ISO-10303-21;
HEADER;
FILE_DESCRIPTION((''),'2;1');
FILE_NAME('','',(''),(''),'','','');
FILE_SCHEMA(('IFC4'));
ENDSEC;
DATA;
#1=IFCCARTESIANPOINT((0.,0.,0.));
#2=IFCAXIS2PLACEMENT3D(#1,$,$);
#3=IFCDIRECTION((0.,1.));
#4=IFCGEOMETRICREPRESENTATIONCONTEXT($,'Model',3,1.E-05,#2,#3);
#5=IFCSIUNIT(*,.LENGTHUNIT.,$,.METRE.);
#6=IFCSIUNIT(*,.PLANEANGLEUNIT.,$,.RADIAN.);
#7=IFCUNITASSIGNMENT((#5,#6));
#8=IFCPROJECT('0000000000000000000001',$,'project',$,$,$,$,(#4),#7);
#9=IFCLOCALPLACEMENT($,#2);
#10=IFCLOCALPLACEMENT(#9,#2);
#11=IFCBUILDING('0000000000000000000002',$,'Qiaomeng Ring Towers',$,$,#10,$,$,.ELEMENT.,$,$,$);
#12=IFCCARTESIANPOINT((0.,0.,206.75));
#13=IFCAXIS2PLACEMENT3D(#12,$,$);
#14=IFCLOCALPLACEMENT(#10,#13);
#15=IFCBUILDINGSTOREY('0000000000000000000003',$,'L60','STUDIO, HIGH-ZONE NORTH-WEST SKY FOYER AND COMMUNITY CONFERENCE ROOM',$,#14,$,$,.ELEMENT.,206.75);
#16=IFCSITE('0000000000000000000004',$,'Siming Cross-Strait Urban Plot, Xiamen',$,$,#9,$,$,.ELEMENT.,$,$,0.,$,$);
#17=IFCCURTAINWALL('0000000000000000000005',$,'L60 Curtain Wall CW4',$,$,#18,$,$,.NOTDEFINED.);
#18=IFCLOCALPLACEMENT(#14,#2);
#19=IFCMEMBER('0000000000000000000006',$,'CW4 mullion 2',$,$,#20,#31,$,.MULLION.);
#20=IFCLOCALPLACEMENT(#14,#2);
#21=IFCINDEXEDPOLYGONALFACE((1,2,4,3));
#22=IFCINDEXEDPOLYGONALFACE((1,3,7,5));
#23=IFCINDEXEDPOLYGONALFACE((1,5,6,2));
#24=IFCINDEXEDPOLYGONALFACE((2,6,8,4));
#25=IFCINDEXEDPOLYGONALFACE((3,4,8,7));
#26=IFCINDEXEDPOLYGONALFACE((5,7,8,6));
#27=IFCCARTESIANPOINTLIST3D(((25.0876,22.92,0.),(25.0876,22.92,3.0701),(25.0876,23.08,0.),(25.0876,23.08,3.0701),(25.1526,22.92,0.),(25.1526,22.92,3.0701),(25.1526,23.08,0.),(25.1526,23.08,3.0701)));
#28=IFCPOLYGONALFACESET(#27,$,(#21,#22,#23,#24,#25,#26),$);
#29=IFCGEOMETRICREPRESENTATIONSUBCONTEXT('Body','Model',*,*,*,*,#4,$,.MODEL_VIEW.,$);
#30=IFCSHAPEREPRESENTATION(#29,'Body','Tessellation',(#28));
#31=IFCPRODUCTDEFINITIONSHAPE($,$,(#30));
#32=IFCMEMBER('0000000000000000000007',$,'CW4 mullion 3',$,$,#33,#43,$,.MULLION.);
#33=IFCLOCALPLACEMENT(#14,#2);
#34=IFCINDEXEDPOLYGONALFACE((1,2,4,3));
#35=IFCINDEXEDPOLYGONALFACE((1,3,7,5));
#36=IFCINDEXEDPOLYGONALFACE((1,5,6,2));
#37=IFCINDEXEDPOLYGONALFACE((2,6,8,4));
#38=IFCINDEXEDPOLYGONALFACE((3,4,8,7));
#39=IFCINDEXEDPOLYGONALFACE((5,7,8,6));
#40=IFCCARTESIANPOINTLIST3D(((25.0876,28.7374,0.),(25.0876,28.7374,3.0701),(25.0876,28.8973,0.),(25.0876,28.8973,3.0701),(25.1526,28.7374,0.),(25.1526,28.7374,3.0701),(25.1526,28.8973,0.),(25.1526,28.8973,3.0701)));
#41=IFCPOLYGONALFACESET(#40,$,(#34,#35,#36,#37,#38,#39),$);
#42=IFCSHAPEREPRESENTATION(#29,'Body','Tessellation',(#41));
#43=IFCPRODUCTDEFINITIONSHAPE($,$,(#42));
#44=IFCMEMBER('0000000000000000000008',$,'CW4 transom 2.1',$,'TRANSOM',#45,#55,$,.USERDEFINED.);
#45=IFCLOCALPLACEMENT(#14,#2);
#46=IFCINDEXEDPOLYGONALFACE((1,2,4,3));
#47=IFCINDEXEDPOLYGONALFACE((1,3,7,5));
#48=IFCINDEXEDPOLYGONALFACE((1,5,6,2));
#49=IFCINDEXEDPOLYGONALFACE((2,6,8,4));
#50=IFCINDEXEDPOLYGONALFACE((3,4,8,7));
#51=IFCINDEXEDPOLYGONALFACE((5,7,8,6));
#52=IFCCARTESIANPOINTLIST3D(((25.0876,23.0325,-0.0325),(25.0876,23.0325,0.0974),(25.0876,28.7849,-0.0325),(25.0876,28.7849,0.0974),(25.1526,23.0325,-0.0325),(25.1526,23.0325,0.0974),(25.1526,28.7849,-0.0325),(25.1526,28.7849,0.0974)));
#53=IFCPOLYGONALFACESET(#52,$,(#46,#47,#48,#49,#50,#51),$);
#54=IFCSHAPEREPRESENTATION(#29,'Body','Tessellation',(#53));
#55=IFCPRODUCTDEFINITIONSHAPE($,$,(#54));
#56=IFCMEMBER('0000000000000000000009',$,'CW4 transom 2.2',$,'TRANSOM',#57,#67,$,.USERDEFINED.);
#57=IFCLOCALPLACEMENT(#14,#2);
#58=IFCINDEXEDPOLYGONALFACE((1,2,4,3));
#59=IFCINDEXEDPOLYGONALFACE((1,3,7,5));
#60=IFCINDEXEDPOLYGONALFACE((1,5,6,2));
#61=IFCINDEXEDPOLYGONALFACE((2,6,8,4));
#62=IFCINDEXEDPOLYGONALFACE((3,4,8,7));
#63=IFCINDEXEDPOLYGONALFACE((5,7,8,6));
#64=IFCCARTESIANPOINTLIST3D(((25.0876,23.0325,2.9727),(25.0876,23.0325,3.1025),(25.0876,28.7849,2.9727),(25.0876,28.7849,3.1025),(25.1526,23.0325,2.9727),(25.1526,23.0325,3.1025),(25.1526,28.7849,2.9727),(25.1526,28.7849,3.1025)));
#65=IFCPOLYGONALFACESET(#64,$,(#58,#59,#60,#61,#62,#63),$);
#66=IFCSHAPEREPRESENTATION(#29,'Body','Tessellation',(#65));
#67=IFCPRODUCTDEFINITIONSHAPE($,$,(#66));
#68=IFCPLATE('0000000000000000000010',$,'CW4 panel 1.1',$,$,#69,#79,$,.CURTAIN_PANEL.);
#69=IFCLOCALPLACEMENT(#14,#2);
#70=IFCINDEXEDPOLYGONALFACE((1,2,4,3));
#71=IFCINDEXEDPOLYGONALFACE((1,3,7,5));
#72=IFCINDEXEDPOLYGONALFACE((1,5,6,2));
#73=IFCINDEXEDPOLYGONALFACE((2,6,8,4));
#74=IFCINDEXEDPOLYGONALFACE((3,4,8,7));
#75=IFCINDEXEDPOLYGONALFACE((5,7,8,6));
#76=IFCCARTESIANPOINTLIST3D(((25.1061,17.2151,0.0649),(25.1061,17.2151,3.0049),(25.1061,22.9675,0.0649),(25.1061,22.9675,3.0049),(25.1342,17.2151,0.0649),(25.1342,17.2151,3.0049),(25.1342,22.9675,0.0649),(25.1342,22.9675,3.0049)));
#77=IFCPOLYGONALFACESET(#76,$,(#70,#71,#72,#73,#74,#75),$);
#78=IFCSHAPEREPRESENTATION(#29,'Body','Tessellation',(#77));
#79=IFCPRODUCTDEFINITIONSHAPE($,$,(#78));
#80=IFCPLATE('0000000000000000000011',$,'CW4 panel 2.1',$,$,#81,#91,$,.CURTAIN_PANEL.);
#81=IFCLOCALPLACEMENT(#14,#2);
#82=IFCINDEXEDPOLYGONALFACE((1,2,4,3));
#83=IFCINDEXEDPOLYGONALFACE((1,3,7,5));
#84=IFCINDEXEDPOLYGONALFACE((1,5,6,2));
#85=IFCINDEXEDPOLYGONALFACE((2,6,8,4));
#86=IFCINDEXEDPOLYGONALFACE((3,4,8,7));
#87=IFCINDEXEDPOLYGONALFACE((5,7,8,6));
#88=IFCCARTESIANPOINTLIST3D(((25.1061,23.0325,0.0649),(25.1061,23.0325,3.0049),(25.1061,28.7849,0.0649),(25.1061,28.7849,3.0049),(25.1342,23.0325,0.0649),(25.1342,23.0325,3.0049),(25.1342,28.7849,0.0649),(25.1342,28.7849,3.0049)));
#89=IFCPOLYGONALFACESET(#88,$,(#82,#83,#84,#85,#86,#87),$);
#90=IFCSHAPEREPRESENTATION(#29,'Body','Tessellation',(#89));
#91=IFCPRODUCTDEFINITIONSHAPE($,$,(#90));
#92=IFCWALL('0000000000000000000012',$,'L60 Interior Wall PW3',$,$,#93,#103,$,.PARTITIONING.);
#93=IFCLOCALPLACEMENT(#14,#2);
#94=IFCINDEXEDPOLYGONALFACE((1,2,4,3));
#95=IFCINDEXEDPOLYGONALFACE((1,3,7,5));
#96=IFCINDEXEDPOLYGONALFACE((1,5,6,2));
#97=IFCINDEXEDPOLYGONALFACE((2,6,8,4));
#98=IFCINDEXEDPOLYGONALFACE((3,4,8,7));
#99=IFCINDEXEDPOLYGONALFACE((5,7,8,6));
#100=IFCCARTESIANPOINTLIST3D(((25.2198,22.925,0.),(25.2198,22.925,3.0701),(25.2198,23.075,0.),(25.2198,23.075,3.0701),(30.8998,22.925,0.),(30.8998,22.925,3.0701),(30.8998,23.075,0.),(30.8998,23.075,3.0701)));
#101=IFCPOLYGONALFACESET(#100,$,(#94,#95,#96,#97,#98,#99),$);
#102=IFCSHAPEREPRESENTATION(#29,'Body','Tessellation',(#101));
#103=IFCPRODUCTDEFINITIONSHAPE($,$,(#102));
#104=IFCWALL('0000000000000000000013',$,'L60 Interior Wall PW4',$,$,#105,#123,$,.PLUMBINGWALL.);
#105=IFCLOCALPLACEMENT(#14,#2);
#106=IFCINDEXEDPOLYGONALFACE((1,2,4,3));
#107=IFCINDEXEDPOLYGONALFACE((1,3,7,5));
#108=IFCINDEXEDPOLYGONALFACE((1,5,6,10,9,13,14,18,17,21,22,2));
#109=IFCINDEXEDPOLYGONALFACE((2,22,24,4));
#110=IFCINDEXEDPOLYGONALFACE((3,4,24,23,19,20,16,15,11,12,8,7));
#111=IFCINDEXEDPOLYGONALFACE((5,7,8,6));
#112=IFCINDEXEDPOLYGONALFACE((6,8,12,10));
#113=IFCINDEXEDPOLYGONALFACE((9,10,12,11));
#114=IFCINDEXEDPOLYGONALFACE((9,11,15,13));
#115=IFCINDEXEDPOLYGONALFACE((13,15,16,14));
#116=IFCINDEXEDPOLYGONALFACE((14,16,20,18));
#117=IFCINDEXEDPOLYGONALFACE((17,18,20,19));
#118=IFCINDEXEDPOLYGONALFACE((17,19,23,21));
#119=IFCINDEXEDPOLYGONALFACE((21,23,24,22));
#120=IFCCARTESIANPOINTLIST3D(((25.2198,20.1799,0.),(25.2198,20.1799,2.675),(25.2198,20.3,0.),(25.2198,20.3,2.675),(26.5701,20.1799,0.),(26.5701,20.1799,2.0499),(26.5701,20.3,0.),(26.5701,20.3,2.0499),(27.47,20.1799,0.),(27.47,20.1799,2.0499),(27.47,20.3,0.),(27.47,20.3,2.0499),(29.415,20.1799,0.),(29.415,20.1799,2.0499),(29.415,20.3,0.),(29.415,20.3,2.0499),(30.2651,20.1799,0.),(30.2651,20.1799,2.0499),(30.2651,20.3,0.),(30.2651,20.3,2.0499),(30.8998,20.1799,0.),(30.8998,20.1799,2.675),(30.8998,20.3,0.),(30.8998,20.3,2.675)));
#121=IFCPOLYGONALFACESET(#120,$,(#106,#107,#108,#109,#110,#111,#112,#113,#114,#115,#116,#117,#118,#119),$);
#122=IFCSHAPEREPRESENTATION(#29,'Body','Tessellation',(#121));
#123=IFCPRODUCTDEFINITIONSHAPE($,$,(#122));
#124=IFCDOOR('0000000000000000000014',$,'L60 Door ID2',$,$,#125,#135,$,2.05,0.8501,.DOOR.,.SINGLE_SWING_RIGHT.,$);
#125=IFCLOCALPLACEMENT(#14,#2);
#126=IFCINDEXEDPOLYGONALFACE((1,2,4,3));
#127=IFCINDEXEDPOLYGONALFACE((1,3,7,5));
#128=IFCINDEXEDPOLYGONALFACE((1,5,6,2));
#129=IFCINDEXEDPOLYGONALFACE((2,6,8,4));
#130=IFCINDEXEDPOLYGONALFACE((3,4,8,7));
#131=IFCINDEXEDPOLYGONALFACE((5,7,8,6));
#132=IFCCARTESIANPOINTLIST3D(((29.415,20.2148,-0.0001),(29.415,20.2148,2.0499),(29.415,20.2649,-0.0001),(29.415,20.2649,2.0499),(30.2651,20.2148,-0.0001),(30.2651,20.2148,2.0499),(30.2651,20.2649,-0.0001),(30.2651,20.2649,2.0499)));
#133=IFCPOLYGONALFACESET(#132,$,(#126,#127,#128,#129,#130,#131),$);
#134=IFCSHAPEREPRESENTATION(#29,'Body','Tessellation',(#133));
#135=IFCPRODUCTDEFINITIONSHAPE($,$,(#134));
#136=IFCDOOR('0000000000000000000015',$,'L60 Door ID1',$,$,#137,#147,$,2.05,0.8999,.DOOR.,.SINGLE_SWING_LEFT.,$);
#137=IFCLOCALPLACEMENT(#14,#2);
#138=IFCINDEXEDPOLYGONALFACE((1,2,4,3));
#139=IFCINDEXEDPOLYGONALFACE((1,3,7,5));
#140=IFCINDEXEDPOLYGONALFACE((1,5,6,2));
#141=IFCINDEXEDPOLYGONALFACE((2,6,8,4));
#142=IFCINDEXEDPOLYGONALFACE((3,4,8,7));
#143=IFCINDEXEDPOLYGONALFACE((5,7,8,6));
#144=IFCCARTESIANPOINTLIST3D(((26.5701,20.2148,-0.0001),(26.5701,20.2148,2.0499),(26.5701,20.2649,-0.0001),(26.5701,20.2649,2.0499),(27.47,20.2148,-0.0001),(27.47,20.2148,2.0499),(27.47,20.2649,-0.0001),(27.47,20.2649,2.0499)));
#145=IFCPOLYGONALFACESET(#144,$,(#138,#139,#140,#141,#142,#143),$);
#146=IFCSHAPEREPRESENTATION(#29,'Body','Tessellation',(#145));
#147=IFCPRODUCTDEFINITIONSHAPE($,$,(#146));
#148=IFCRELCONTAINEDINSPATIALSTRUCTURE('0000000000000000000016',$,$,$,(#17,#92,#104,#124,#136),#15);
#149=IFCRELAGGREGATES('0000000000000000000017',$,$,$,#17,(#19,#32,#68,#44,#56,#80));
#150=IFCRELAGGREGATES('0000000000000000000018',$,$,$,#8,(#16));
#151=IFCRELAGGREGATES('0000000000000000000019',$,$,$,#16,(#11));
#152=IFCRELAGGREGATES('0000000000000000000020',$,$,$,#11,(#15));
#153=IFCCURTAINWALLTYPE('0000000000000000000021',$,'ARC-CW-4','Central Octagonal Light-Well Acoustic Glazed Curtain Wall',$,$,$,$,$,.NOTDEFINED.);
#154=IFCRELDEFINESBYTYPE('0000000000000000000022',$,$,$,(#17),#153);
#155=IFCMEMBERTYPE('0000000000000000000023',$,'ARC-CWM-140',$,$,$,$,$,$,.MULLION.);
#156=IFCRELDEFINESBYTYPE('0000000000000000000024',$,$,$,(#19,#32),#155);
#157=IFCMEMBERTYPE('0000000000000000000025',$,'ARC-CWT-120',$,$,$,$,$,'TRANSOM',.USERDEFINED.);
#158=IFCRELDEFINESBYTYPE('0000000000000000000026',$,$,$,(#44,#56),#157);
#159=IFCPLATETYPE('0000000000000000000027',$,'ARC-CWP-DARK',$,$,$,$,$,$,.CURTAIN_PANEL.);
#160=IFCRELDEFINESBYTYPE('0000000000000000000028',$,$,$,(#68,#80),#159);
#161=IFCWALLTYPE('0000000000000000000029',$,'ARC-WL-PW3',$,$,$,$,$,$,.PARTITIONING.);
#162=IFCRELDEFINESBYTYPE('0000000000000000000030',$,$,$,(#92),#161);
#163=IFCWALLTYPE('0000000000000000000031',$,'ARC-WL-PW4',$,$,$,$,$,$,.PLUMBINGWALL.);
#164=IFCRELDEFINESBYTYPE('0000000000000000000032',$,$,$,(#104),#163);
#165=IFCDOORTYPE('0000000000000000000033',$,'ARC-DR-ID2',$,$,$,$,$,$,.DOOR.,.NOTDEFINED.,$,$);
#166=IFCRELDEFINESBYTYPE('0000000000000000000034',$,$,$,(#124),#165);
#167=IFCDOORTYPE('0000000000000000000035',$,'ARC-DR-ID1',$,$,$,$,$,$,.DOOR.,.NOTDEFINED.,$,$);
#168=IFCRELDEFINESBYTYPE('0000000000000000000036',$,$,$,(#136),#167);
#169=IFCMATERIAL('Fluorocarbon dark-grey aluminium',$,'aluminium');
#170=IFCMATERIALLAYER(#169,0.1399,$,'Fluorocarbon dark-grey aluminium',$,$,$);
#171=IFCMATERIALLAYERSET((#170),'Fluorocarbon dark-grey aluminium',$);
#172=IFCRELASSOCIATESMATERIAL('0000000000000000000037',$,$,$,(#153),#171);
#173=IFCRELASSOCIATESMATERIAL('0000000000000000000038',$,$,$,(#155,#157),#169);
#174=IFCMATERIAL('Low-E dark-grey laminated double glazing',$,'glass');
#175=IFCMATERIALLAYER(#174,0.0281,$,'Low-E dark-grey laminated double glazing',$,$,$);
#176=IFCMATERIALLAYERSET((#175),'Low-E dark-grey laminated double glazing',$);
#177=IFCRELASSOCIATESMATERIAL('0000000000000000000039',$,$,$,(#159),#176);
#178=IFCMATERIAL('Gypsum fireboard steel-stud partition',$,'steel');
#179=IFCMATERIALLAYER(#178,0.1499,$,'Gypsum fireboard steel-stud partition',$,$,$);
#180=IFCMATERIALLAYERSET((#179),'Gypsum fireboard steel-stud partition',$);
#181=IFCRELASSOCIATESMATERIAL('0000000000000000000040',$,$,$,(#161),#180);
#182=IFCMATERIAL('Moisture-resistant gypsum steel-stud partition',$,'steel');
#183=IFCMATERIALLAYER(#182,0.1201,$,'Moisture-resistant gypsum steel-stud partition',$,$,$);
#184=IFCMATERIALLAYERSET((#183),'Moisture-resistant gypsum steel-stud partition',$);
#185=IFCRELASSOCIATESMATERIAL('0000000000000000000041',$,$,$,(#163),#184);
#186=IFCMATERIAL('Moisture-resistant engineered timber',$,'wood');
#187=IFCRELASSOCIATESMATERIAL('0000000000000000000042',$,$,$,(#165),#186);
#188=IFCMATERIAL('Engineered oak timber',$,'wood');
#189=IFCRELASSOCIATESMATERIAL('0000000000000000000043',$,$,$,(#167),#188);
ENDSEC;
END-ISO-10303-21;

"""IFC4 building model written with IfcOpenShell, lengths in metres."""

from ifc_helpers import new_model, si_unit, direction, frame, frame_2d, origin, origin_2d, place, context, subcontext, project, spatial, rectangle, extrude, source, transform, mapped, material, layer, layer_set, material_profile, profile_set, type_object, element, fill, aggregate, save


model = new_model("IFC4")

# Units and contexts
model_context = context("Model", 3, precision=1e-05, world=origin(), true_north=direction((0.0, 1.0)))
body_context = subcontext(model_context, "Body", "Model", "MODEL_VIEW")
ifc_project = project(units=[si_unit("LENGTHUNIT", "METRE"), si_unit("PLANEANGLEUNIT", "RADIAN")], contexts=[model_context])

# Site, building, storey
site_placement = place(None, origin())
site = spatial("IfcSite", under=ifc_project, at=site_placement, Name="Siming Cross-Strait Urban Plot, Xiamen", CompositionType="ELEMENT", RefElevation=0.0)
building_placement = place(site_placement, origin())
building = spatial("IfcBuilding", under=site, at=building_placement, Name="Qiaomeng Ring Towers", CompositionType="ELEMENT")
storey_placement = place(building_placement, frame((0.0, 0.0, 206.75)))
storey = spatial("IfcBuildingStorey", under=building, at=storey_placement, Name="L60", Description="STUDIO, HIGH-ZONE NORTH-WEST SKY FOYER AND COMMUNITY CONFERENCE ROOM", CompositionType="ELEMENT", Elevation=206.75)

# Curtain wall, members, plates
ifc_material_1 = material(Name="Fluorocarbon dark-grey aluminium", Category="aluminium")
ifc_layer_1 = layer(ifc_material_1, 0.1399, Name="Fluorocarbon dark-grey aluminium")
ifc_layer_set_1 = layer_set([ifc_layer_1], Name="Fluorocarbon dark-grey aluminium")
curtain_wall_type = type_object("IfcCurtainWallType", Name="ARC-CW-4", Description="Central Octagonal Light-Well Acoustic Glazed Curtain Wall", PredefinedType="NOTDEFINED", material=ifc_layer_set_1)
curtain_wall_placement = place(storey_placement, origin())
curtain_wall = element("IfcCurtainWall", 1, at=curtain_wall_placement, inside=storey, type_object=curtain_wall_type, Name="L60 Curtain Wall CW4", PredefinedType="NOTDEFINED")
ifc_material_profile_1 = material_profile(ifc_material_1, rectangle(XDim=0.0649, YDim=0.1599, at=origin_2d()), Name="ALU MULL 65x160")
ifc_profile_set_1 = profile_set([ifc_material_profile_1], Name="Fluorocarbon dark-grey aluminium")
member_type_1 = type_object("IfcMemberType", Name="ARC-CWM-140", PredefinedType="MULLION", material=ifc_profile_set_1)
shared_shape_1 = source(origin(), body_context, "Body", "SweptSolid", [
    extrude(rectangle(XDim=0.0649, YDim=0.1599, at=origin_2d()), origin(), (0.0, 0.0, 1.0), 3.0701),
])
member_1_placement = place(storey_placement, frame((25.1201, 23.0, 0.0), z_axis=(0.0, 0.0, 1.0), x_axis=(-1.0, 0.0, 0.0)))
member_1 = element("IfcMember", 2, at=member_1_placement, type_object=member_type_1, Name="CW4 mullion 2", PredefinedType="MULLION", context=body_context, shape_type="MappedRepresentation", body=[
    mapped(shared_shape_1, transform((0.0, 0.0, 0.0), x_axis=(1.0, 0.0, 0.0), y_axis=(0.0, 1.0, 0.0), z_axis=(0.0, 0.0, 1.0), scale=1.0)),
])
member_2_placement = place(storey_placement, frame((25.1201, 28.8174, 0.0), z_axis=(0.0, 0.0, 1.0), x_axis=(-1.0, 0.0, 0.0)))
member_2 = element("IfcMember", 3, at=member_2_placement, type_object=member_type_1, Name="CW4 mullion 3", PredefinedType="MULLION", context=body_context, shape_type="MappedRepresentation", body=[
    mapped(shared_shape_1, transform((0.0, 0.0, 0.0), x_axis=(1.0, 0.0, 0.0), y_axis=(0.0, 1.0, 0.0), z_axis=(0.0, 0.0, 1.0), scale=1.0)),
])
ifc_material_profile_2 = material_profile(ifc_material_1, rectangle(XDim=0.0649, YDim=0.1299, at=origin_2d()), Name="ALU TRAN 65x130")
ifc_profile_set_2 = profile_set([ifc_material_profile_2], Name="Fluorocarbon dark-grey aluminium")
member_type_2 = type_object("IfcMemberType", Name="ARC-CWT-120", ElementType="TRANSOM", PredefinedType="USERDEFINED", material=ifc_profile_set_2)
shared_shape_2 = source(origin(), body_context, "Body", "SweptSolid", [
    extrude(rectangle(XDim=0.0649, YDim=0.1299, at=origin_2d()), origin(), (0.0, 0.0, 1.0), 5.7524),
])
member_3_placement = place(storey_placement, frame((25.1201, 23.0325, 0.0325), z_axis=(0.0, 1.0, 0.0), x_axis=(-1.0, 0.0, 0.0)))
member_3 = element("IfcMember", 4, at=member_3_placement, type_object=member_type_2, Name="CW4 transom 2.1", ObjectType="TRANSOM", PredefinedType="USERDEFINED", context=body_context, shape_type="MappedRepresentation", body=[
    mapped(shared_shape_2, transform((0.0, 0.0, 0.0), x_axis=(1.0, 0.0, 0.0), y_axis=(0.0, 1.0, 0.0), z_axis=(0.0, 0.0, 1.0), scale=1.0)),
])
member_4_placement = place(storey_placement, frame((25.1201, 23.0325, 3.0376), z_axis=(0.0, 1.0, 0.0), x_axis=(-1.0, 0.0, 0.0)))
member_4 = element("IfcMember", 5, at=member_4_placement, type_object=member_type_2, Name="CW4 transom 2.2", ObjectType="TRANSOM", PredefinedType="USERDEFINED", context=body_context, shape_type="MappedRepresentation", body=[
    mapped(shared_shape_2, transform((0.0, 0.0, 0.0), x_axis=(1.0, 0.0, 0.0), y_axis=(0.0, 1.0, 0.0), z_axis=(0.0, 0.0, 1.0), scale=1.0)),
])
ifc_material_2 = material(Name="Low-E dark-grey laminated double glazing", Category="glass")
ifc_layer_2 = layer(ifc_material_2, 0.0281, Name="Low-E dark-grey laminated double glazing")
ifc_layer_set_2 = layer_set([ifc_layer_2], Name="Low-E dark-grey laminated double glazing")
plate_type = type_object("IfcPlateType", Name="ARC-CWP-DARK", PredefinedType="CURTAIN_PANEL", material=ifc_layer_set_2)
shared_shape_3 = source(origin(), body_context, "Body", "SweptSolid", [
    extrude(rectangle(XDim=5.7524, YDim=0.0281, at=origin_2d()), origin(), (0.0, 0.0, 1.0), 2.9399),
])
plate_1_placement = place(storey_placement, frame((25.1201, 20.0913, 0.0649), z_axis=(0.0, 0.0, 1.0), x_axis=(0.0, 1.0, 0.0)))
plate_1 = element("IfcPlate", 6, at=plate_1_placement, type_object=plate_type, Name="CW4 panel 1.1", PredefinedType="CURTAIN_PANEL", context=body_context, shape_type="MappedRepresentation", body=[
    mapped(shared_shape_3, transform((0.0, 0.0, 0.0), x_axis=(1.0, 0.0, 0.0), y_axis=(0.0, 1.0, 0.0), z_axis=(0.0, 0.0, 1.0), scale=1.0)),
])
plate_2_placement = place(storey_placement, frame((25.1201, 25.9087, 0.0649), z_axis=(0.0, 0.0, 1.0), x_axis=(0.0, 1.0, 0.0)))
plate_2 = element("IfcPlate", 7, at=plate_2_placement, type_object=plate_type, Name="CW4 panel 2.1", PredefinedType="CURTAIN_PANEL", context=body_context, shape_type="MappedRepresentation", body=[
    mapped(shared_shape_3, transform((0.0, 0.0, 0.0), x_axis=(1.0, 0.0, 0.0), y_axis=(0.0, 1.0, 0.0), z_axis=(0.0, 0.0, 1.0), scale=1.0)),
])
aggregate(curtain_wall, [member_1, member_2, plate_1, member_3, member_4, plate_2])

# Wall
ifc_material_3 = material(Name="Gypsum fireboard steel-stud partition", Category="steel")
ifc_layer_3 = layer(ifc_material_3, 0.1499, Name="Gypsum fireboard steel-stud partition")
ifc_layer_set_3 = layer_set([ifc_layer_3], Name="Gypsum fireboard steel-stud partition")
wall_type_1 = type_object("IfcWallType", Name="ARC-WL-PW3", PredefinedType="PARTITIONING", material=ifc_layer_set_3)
wall_1_placement = place(storey_placement, frame((25.22, 23.0, 0.0), z_axis=(0.0, 0.0, 1.0), x_axis=(1.0, 0.0, 0.0)))
element("IfcWall", 8, at=wall_1_placement, inside=storey, type_object=wall_type_1, Name="L60 Interior Wall PW3", PredefinedType="PARTITIONING", context=body_context, shape_type="SweptSolid", body=[
    extrude(rectangle(XDim=5.6799, YDim=0.1499, at=frame_2d((2.8398, 0.0))), origin(), (0.0, 0.0, 1.0), 3.0701),
])

# Wall, openings, doors
ifc_material_4 = material(Name="Moisture-resistant gypsum steel-stud partition", Category="steel")
ifc_layer_4 = layer(ifc_material_4, 0.1201, Name="Moisture-resistant gypsum steel-stud partition")
ifc_layer_set_4 = layer_set([ifc_layer_4], Name="Moisture-resistant gypsum steel-stud partition")
wall_type_2 = type_object("IfcWallType", Name="ARC-WL-PW4", PredefinedType="PLUMBINGWALL", material=ifc_layer_set_4)
wall_2_placement = place(storey_placement, frame((25.22, 20.24, 0.0), z_axis=(0.0, 0.0, 1.0), x_axis=(1.0, 0.0, 0.0)))
wall_2 = element("IfcWall", 9, at=wall_2_placement, inside=storey, type_object=wall_type_2, Name="L60 Interior Wall PW4", PredefinedType="PLUMBINGWALL", context=body_context, shape_type="SweptSolid", body=[
    extrude(rectangle(XDim=5.6799, YDim=0.1201, at=frame_2d((2.8398, 0.0))), origin(), (0.0, 0.0, 1.0), 2.675),
])
opening_1_placement = place(wall_2_placement, frame((1.3501, 0.0, 0.0)))
opening_1 = element("IfcOpeningElement", 10, at=opening_1_placement, cuts=wall_2, PredefinedType="OPENING", context=body_context, shape_type="SweptSolid", body=[
    extrude(rectangle(XDim=0.8999, YDim=2.05, at=frame_2d((0.45, 1.0249))), frame((0.0, 0.0701, 0.0), z_axis=(0.0, -1.0, 0.0), x_axis=(1.0, 0.0, 0.0)), (0.0, 0.0, 1.0), 0.1401),
])
opening_2_placement = place(wall_2_placement, frame((4.1951, 0.0, 0.0)))
opening_2 = element("IfcOpeningElement", 11, at=opening_2_placement, cuts=wall_2, PredefinedType="OPENING", context=body_context, shape_type="SweptSolid", body=[
    extrude(rectangle(XDim=0.8501, YDim=2.05, at=frame_2d((0.425, 1.0249))), frame((0.0, 0.0701, 0.0), z_axis=(0.0, -1.0, 0.0), x_axis=(1.0, 0.0, 0.0)), (0.0, 0.0, 1.0), 0.1401),
])
ifc_material_5 = material(Name="Moisture-resistant engineered timber", Category="wood")
door_type_1 = type_object("IfcDoorType", Name="ARC-DR-ID2", OperationType="NOTDEFINED", PredefinedType="DOOR", material=ifc_material_5)
shared_shape_4 = source(origin(), body_context, "Body", "SweptSolid", [
    extrude(rectangle(XDim=0.8501, YDim=2.05, at=frame_2d((0.425, 1.0249))), frame((0.0, 0.0249, 0.0), z_axis=(0.0, -1.0, 0.0), x_axis=(1.0, 0.0, 0.0)), (0.0, 0.0, 1.0), 0.05),
])
door_1_placement = place(opening_2_placement, origin())
door_1 = element("IfcDoor", 12, at=door_1_placement, inside=storey, type_object=door_type_1, Name="L60 Door ID2", OperationType="SINGLE_SWING_RIGHT", OverallHeight=2.05, OverallWidth=0.8501, PredefinedType="DOOR", context=body_context, shape_type="MappedRepresentation", body=[
    mapped(shared_shape_4, transform((0.0, 0.0, 0.0), x_axis=(1.0, 0.0, 0.0), y_axis=(0.0, 1.0, 0.0), z_axis=(0.0, 0.0, 1.0), scale=1.0)),
])
fill(opening_2, door_1)
ifc_material_6 = material(Name="Engineered oak timber", Category="wood")
door_type_2 = type_object("IfcDoorType", Name="ARC-DR-ID1", OperationType="NOTDEFINED", PredefinedType="DOOR", material=ifc_material_6)
shared_shape_5 = source(origin(), body_context, "Body", "SweptSolid", [
    extrude(rectangle(XDim=0.8999, YDim=2.05, at=frame_2d((0.45, 1.0249))), frame((0.0, 0.0249, 0.0), z_axis=(0.0, -1.0, 0.0), x_axis=(1.0, 0.0, 0.0)), (0.0, 0.0, 1.0), 0.05),
])
door_2_placement = place(opening_1_placement, origin())
door_2 = element("IfcDoor", 13, at=door_2_placement, inside=storey, type_object=door_type_2, Name="L60 Door ID1", OperationType="SINGLE_SWING_LEFT", OverallHeight=2.05, OverallWidth=0.8999, PredefinedType="DOOR", context=body_context, shape_type="MappedRepresentation", body=[
    mapped(shared_shape_5, transform((0.0, 0.0, 0.0), x_axis=(1.0, 0.0, 0.0), y_axis=(0.0, 1.0, 0.0), z_axis=(0.0, 0.0, 1.0), scale=1.0)),
])
fill(opening_1, door_2)

save(model, "model.ifc")
